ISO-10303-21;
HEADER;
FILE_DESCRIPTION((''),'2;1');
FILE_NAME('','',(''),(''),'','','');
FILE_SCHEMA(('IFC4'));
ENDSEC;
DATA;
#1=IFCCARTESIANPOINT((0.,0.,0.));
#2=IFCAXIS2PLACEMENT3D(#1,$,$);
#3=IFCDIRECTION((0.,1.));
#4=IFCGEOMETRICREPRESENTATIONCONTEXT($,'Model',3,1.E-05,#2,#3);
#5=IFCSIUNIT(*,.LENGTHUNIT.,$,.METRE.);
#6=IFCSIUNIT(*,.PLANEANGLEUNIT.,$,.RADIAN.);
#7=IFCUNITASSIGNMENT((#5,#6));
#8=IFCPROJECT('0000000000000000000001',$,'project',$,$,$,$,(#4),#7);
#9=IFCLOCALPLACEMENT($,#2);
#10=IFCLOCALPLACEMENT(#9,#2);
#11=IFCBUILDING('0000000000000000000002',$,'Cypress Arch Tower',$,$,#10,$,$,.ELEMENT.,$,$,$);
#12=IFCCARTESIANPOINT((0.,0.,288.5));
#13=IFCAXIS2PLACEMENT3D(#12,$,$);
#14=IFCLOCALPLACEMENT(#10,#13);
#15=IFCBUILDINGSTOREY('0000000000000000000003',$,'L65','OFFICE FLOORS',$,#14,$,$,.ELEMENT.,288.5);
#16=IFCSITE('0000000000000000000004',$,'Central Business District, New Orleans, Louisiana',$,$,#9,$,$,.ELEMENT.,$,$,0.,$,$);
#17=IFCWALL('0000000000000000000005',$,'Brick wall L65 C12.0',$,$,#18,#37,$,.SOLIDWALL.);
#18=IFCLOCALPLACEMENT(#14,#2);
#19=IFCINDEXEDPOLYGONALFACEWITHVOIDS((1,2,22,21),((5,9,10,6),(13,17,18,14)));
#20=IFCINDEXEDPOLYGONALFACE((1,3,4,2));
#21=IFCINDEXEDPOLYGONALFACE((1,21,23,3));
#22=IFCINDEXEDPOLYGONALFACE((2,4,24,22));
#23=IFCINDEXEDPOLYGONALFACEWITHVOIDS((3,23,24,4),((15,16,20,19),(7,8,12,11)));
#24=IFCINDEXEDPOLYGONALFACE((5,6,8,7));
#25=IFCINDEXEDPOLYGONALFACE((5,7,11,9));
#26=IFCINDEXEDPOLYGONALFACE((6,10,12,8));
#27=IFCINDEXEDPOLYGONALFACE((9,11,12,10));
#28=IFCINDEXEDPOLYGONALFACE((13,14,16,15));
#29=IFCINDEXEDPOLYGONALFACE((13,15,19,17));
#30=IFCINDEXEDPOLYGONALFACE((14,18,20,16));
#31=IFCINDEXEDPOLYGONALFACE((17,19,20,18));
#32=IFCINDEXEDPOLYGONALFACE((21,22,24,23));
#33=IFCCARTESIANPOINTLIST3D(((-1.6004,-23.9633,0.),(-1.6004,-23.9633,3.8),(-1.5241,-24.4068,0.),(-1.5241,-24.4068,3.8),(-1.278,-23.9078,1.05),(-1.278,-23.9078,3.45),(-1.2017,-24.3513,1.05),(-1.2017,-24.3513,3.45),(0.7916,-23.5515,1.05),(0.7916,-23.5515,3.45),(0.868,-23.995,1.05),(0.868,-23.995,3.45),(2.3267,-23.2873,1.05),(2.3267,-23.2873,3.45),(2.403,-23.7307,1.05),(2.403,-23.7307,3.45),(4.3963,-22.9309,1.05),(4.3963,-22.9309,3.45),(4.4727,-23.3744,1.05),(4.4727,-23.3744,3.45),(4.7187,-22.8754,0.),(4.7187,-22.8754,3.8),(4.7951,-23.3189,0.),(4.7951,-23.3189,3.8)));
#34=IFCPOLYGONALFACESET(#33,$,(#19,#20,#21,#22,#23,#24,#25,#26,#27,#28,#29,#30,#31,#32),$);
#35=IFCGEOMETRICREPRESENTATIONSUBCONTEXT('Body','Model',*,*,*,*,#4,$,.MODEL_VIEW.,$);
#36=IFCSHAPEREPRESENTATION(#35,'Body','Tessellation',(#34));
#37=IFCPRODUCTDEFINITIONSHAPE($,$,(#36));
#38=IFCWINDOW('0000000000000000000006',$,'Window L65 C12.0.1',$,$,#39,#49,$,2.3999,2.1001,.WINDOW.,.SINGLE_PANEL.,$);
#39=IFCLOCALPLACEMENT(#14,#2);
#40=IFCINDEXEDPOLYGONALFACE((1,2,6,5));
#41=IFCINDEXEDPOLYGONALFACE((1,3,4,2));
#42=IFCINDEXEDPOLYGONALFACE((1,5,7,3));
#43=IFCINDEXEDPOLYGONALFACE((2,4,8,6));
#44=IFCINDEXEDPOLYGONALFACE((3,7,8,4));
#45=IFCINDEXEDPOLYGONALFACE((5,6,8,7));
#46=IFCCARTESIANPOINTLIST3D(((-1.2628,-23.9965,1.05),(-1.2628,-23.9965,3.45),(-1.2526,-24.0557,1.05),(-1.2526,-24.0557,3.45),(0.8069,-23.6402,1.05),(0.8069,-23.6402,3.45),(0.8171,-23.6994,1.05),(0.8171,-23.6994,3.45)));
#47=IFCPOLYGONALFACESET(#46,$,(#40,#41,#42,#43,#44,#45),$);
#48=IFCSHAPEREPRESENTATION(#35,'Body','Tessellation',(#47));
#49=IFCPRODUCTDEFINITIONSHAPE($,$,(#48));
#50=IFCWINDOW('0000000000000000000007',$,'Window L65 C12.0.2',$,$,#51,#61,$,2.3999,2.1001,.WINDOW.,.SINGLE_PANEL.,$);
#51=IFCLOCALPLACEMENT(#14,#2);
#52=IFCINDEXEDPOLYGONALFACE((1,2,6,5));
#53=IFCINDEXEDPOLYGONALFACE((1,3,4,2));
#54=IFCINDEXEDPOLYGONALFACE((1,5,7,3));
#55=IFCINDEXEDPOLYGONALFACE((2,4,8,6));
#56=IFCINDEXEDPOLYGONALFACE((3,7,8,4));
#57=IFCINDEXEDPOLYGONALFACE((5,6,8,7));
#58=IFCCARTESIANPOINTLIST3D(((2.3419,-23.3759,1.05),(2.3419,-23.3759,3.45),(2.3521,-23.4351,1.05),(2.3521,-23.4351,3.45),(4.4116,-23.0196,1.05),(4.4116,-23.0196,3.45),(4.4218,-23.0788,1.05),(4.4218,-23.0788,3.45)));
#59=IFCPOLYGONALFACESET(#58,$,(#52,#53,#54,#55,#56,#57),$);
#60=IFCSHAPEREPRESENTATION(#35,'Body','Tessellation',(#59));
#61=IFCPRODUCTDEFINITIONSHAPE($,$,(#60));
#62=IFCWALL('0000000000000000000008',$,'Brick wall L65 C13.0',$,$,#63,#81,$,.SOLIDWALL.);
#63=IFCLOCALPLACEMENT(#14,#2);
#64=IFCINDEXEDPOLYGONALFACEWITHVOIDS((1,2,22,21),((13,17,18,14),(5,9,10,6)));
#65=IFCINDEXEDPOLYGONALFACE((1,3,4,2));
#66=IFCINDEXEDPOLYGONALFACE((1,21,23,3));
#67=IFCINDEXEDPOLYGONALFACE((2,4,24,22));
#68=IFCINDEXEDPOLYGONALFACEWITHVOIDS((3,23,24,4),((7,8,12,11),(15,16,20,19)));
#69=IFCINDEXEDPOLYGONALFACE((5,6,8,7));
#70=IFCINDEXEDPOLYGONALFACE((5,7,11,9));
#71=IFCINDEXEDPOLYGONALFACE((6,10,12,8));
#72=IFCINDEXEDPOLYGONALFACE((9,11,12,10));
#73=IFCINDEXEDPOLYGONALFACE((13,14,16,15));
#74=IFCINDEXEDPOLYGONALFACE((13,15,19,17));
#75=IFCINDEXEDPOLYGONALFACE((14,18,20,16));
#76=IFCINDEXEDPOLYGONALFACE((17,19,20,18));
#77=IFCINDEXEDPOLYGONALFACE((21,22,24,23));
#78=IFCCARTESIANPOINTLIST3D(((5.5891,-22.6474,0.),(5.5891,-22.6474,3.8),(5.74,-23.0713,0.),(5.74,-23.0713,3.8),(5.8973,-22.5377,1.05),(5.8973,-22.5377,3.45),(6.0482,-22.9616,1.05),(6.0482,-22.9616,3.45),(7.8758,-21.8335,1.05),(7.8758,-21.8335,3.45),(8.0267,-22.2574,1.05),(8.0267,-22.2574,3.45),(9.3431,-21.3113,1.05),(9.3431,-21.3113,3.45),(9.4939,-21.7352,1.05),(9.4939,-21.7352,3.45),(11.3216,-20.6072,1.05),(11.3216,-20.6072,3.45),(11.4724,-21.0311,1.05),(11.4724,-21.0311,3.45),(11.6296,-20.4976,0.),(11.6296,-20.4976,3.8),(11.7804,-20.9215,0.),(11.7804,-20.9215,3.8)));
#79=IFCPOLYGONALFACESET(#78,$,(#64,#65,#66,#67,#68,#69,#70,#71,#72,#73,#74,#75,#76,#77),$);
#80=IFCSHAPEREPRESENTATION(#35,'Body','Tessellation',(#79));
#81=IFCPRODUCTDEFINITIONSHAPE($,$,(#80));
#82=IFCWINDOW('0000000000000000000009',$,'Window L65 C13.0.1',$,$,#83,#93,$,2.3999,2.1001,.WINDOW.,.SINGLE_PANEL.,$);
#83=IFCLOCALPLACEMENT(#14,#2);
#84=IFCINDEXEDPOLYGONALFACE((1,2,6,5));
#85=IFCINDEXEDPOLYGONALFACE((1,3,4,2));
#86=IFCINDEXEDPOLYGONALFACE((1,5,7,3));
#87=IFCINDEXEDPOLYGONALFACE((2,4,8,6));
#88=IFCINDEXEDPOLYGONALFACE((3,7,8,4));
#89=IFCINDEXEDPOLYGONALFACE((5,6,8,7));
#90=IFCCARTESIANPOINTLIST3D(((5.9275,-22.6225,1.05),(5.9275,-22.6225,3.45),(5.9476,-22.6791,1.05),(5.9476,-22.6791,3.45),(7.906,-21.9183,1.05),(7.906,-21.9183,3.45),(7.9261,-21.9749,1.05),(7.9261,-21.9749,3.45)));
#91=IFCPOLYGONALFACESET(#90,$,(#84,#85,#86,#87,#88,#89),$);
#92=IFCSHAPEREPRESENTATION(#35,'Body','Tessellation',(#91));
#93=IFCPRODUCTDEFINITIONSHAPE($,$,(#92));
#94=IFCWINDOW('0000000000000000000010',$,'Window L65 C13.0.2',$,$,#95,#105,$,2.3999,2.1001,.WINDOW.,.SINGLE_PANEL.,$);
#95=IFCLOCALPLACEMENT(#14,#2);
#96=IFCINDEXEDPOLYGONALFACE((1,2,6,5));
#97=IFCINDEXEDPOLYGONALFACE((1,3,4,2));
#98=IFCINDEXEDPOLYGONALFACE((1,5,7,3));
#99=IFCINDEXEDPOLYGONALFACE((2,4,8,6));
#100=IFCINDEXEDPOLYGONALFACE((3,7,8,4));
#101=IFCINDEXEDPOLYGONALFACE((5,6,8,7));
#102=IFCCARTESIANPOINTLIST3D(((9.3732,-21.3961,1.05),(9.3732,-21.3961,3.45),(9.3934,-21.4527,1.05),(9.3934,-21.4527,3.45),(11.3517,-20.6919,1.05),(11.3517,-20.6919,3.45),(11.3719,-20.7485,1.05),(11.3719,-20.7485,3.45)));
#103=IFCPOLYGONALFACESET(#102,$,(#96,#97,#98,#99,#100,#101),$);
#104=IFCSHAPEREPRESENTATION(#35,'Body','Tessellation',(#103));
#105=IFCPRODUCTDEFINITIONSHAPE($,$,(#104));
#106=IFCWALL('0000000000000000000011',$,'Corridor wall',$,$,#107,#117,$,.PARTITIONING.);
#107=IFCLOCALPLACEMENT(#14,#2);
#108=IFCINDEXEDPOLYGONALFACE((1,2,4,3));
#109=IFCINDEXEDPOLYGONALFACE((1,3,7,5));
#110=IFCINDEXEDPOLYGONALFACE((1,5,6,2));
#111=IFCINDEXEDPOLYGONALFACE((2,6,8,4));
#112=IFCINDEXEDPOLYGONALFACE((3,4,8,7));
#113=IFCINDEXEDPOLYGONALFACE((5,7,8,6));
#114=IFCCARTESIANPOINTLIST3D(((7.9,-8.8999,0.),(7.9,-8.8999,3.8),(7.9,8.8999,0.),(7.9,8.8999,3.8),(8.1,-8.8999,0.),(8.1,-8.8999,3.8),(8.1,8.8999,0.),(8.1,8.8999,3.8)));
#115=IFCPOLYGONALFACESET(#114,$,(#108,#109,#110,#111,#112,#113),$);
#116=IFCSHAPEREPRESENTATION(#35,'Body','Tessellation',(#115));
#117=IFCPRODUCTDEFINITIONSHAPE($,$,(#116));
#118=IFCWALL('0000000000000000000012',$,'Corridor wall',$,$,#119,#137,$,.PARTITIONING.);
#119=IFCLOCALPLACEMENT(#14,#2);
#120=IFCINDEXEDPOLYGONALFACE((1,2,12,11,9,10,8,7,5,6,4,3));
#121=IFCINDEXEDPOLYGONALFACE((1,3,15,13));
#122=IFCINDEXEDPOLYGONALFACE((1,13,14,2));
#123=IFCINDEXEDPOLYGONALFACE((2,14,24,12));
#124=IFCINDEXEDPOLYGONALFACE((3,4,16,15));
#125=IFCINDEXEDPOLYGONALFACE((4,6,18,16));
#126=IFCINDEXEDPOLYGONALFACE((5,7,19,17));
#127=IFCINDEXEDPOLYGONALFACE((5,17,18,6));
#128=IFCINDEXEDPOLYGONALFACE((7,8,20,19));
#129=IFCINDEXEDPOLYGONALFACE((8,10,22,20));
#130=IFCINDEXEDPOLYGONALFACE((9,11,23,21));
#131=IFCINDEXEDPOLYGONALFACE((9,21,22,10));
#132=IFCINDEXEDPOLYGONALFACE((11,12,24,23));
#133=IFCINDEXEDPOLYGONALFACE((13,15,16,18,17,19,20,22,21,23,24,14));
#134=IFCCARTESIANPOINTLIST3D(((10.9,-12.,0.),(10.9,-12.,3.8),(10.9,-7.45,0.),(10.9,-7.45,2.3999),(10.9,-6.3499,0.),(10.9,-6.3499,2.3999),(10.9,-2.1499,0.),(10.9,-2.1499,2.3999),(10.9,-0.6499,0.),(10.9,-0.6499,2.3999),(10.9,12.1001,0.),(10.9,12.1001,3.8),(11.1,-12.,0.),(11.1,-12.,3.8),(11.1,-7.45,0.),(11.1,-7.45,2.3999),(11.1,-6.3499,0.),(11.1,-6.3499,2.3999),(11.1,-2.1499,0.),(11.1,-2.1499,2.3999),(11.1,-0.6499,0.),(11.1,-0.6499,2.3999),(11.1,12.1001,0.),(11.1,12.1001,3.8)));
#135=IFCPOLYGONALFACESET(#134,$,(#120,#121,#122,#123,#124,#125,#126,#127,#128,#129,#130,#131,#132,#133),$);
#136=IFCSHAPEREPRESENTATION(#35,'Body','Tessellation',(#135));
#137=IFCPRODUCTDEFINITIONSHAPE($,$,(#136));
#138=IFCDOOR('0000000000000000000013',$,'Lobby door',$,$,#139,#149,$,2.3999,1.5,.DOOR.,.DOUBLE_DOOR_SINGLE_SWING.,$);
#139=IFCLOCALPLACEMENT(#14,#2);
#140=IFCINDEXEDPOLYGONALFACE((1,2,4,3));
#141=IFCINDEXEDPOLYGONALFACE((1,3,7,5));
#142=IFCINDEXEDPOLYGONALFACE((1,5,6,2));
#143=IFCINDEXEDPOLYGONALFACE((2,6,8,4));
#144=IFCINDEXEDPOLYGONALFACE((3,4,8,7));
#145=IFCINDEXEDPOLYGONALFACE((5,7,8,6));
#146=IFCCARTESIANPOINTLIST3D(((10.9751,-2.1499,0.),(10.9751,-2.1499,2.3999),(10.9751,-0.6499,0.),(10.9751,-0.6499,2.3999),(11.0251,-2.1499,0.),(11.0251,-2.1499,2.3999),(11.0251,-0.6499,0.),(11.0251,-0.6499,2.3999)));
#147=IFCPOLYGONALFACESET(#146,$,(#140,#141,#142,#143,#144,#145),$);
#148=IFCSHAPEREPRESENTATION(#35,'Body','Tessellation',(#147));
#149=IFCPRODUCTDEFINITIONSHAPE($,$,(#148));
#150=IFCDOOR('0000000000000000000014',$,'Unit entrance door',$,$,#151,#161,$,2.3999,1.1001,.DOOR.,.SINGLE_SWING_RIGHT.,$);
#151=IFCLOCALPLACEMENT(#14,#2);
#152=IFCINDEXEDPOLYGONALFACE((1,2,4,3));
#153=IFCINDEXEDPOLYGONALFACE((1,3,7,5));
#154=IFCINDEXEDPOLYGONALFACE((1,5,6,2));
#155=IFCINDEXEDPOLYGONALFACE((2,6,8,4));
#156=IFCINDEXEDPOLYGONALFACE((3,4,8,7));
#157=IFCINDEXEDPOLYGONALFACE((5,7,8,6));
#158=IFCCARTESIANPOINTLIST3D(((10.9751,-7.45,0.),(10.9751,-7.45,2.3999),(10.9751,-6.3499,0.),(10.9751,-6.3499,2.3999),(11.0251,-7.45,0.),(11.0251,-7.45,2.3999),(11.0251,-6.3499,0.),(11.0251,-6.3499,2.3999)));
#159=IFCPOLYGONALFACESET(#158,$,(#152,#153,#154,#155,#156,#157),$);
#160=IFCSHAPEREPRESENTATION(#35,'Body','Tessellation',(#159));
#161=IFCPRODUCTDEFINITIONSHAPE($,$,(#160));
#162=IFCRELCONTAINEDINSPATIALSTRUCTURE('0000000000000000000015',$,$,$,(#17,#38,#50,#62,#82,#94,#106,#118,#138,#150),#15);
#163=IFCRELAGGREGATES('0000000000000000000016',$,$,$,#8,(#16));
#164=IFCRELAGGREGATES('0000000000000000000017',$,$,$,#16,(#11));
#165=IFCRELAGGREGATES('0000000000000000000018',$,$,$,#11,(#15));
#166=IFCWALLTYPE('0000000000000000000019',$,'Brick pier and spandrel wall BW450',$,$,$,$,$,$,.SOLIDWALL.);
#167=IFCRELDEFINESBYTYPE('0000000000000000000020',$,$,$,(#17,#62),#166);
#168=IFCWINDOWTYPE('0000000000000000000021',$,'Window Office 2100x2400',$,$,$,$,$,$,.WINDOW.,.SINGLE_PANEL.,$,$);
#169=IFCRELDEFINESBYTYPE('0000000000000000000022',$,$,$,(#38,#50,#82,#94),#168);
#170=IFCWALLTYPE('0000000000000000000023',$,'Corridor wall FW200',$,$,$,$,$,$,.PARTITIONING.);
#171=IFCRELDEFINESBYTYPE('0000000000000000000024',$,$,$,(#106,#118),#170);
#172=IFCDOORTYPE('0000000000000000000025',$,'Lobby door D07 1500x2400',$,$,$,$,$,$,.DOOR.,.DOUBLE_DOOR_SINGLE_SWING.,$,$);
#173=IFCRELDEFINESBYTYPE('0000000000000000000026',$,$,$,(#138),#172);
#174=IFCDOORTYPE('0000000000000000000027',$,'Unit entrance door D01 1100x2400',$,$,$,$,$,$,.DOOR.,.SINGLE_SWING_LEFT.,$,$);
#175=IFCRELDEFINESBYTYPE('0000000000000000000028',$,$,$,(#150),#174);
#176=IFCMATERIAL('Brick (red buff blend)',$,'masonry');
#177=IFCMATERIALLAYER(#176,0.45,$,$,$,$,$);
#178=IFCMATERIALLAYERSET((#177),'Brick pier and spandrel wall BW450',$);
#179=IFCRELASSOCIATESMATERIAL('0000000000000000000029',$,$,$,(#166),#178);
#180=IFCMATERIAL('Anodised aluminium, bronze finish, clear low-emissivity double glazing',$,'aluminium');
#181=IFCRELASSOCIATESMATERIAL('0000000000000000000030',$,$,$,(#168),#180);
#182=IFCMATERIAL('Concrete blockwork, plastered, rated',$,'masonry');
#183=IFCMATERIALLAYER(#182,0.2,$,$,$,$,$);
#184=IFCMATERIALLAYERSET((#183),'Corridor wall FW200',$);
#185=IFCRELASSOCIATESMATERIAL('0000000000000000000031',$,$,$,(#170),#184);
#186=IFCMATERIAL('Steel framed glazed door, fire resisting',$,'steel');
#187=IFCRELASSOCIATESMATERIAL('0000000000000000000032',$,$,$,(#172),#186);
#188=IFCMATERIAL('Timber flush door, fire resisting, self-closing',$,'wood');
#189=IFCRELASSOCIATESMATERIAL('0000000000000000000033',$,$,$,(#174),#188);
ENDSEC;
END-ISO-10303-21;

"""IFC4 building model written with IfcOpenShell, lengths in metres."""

from ifc_helpers import new_model, si_unit, direction, frame, frame_2d, origin, place, context, subcontext, project, spatial, rectangle, extrude, material, layer, layer_set, type_object, element, fill, save


model = new_model("IFC4")

# Units and contexts
model_context = context("Model", 3, precision=1e-05, world=origin(), true_north=direction((0.0, 1.0)))
body_context = subcontext(model_context, "Body", "Model", "MODEL_VIEW")
ifc_project = project(units=[si_unit("LENGTHUNIT", "METRE"), si_unit("PLANEANGLEUNIT", "RADIAN")], contexts=[model_context])

# Site, building, storey
site_placement = place(None, origin())
site = spatial("IfcSite", under=ifc_project, at=site_placement, Name="Central Business District, New Orleans, Louisiana", CompositionType="ELEMENT", RefElevation=0.0)
building_placement = place(site_placement, origin())
building = spatial("IfcBuilding", under=site, at=building_placement, Name="Cypress Arch Tower", CompositionType="ELEMENT")
storey_placement = place(building_placement, frame((0.0, 0.0, 288.5)))
storey = spatial("IfcBuildingStorey", under=building, at=storey_placement, Name="L65", Description="OFFICE FLOORS", CompositionType="ELEMENT", Elevation=288.5)

# Walls, openings, windows
ifc_material_1 = material(Name="Brick (red buff blend)", Category="masonry")
ifc_layer_1 = layer(ifc_material_1, 0.45)
ifc_layer_set_1 = layer_set([ifc_layer_1], Name="Brick pier and spandrel wall BW450")
wall_type_1 = type_object("IfcWallType", Name="Brick pier and spandrel wall BW450", PredefinedType="SOLIDWALL", material=ifc_layer_set_1)
wall_1_placement = place(storey_placement, frame((-1.5623, -24.1851, 0.0), z_axis=(0.0, 0.0, 1.0), x_axis=(0.985502, 0.169663, 0.0)))
wall_1 = element("IfcWall", 1, at=wall_1_placement, inside=storey, type_object=wall_type_1, Name="Brick wall L65 C12.0", PredefinedType="SOLIDWALL", context=body_context, shape_type="SweptSolid", body=[
    extrude(rectangle(XDim=6.4121, YDim=0.45, at=frame_2d((3.2061, 0.0))), origin(), (0.0, 0.0, 1.0), 3.8),
])
opening_1_placement = place(wall_1_placement, frame((0.3271, 0.0, 1.05)))
opening_1 = element("IfcOpeningElement", 2, at=opening_1_placement, cuts=wall_1, PredefinedType="OPENING", context=body_context, shape_type="SweptSolid", body=[
    extrude(rectangle(XDim=2.1001, YDim=2.3999, at=frame_2d((1.05, 1.2))), frame((0.0, 0.2349, 0.0), z_axis=(0.0, -1.0, 0.0), x_axis=(1.0, 0.0, 0.0)), (0.0, 0.0, 1.0), 0.47),
])
opening_2_placement = place(wall_1_placement, frame((3.9849, 0.0, 1.05)))
opening_2 = element("IfcOpeningElement", 3, at=opening_2_placement, cuts=wall_1, PredefinedType="OPENING", context=body_context, shape_type="SweptSolid", body=[
    extrude(rectangle(XDim=2.1001, YDim=2.3999, at=frame_2d((1.05, 1.2))), frame((0.0, 0.2349, 0.0), z_axis=(0.0, -1.0, 0.0), x_axis=(1.0, 0.0, 0.0)), (0.0, 0.0, 1.0), 0.47),
])
ifc_material_2 = material(Name="Anodised aluminium, bronze finish, clear low-emissivity double glazing", Category="aluminium")
window_type = type_object("IfcWindowType", Name="Window Office 2100x2400", PartitioningType="SINGLE_PANEL", PredefinedType="WINDOW", material=ifc_material_2)
window_1_placement = place(opening_1_placement, origin())
window_1 = element("IfcWindow", 4, at=window_1_placement, inside=storey, type_object=window_type, Name="Window L65 C12.0.1", OverallHeight=2.3999, OverallWidth=2.1001, PartitioningType="SINGLE_PANEL", PredefinedType="WINDOW", context=body_context, shape_type="SweptSolid", body=[
    extrude(rectangle(XDim=2.1001, YDim=2.3999, at=frame_2d((1.05, 1.2))), frame((0.0, 0.135, 0.0), z_axis=(0.0, -1.0, 0.0), x_axis=(1.0, 0.0, 0.0)), (0.0, 0.0, 1.0), 0.0601),
])
fill(opening_1, window_1)
window_2_placement = place(opening_2_placement, origin())
window_2 = element("IfcWindow", 5, at=window_2_placement, inside=storey, type_object=window_type, Name="Window L65 C12.0.2", OverallHeight=2.3999, OverallWidth=2.1001, PartitioningType="SINGLE_PANEL", PredefinedType="WINDOW", context=body_context, shape_type="SweptSolid", body=[
    extrude(rectangle(XDim=2.1001, YDim=2.3999, at=frame_2d((1.05, 1.2))), frame((0.0, 0.135, 0.0), z_axis=(0.0, -1.0, 0.0), x_axis=(1.0, 0.0, 0.0)), (0.0, 0.0, 1.0), 0.0601),
])
fill(opening_2, window_2)
wall_2_placement = place(storey_placement, frame((5.6646, -22.8594, 0.0), z_axis=(0.0, 0.0, 1.0), x_axis=(0.942108, 0.335309, 0.0)))
wall_2 = element("IfcWall", 6, at=wall_2_placement, inside=storey, type_object=wall_type_1, Name="Brick wall L65 C13.0", PredefinedType="SOLIDWALL", context=body_context, shape_type="SweptSolid", body=[
    extrude(rectangle(XDim=6.4116, YDim=0.45, at=frame_2d((3.2058, 0.0))), origin(), (0.0, 0.0, 1.0), 3.8),
])
opening_3_placement = place(wall_2_placement, frame((0.3271, 0.0, 1.05)))
opening_3 = element("IfcOpeningElement", 7, at=opening_3_placement, cuts=wall_2, PredefinedType="OPENING", context=body_context, shape_type="SweptSolid", body=[
    extrude(rectangle(XDim=2.1001, YDim=2.3999, at=frame_2d((1.05, 1.2))), frame((0.0, 0.2349, 0.0), z_axis=(0.0, -1.0, 0.0), x_axis=(1.0, 0.0, 0.0)), (0.0, 0.0, 1.0), 0.47),
])
opening_4_placement = place(wall_2_placement, frame((3.9846, 0.0, 1.05)))
opening_4 = element("IfcOpeningElement", 8, at=opening_4_placement, cuts=wall_2, PredefinedType="OPENING", context=body_context, shape_type="SweptSolid", body=[
    extrude(rectangle(XDim=2.1001, YDim=2.3999, at=frame_2d((1.05, 1.2))), frame((0.0, 0.2349, 0.0), z_axis=(0.0, -1.0, 0.0), x_axis=(1.0, 0.0, 0.0)), (0.0, 0.0, 1.0), 0.47),
])
window_3_placement = place(opening_3_placement, origin())
window_3 = element("IfcWindow", 9, at=window_3_placement, inside=storey, type_object=window_type, Name="Window L65 C13.0.1", OverallHeight=2.3999, OverallWidth=2.1001, PartitioningType="SINGLE_PANEL", PredefinedType="WINDOW", context=body_context, shape_type="SweptSolid", body=[
    extrude(rectangle(XDim=2.1001, YDim=2.3999, at=frame_2d((1.05, 1.2))), frame((0.0, 0.135, 0.0), z_axis=(0.0, -1.0, 0.0), x_axis=(1.0, 0.0, 0.0)), (0.0, 0.0, 1.0), 0.0601),
])
fill(opening_3, window_3)
window_4_placement = place(opening_4_placement, origin())
window_4 = element("IfcWindow", 10, at=window_4_placement, inside=storey, type_object=window_type, Name="Window L65 C13.0.2", OverallHeight=2.3999, OverallWidth=2.1001, PartitioningType="SINGLE_PANEL", PredefinedType="WINDOW", context=body_context, shape_type="SweptSolid", body=[
    extrude(rectangle(XDim=2.1001, YDim=2.3999, at=frame_2d((1.05, 1.2))), frame((0.0, 0.135, 0.0), z_axis=(0.0, -1.0, 0.0), x_axis=(1.0, 0.0, 0.0)), (0.0, 0.0, 1.0), 0.0601),
])
fill(opening_4, window_4)

# Wall
ifc_material_3 = material(Name="Concrete blockwork, plastered, rated", Category="masonry")
ifc_layer_2 = layer(ifc_material_3, 0.2)
ifc_layer_set_2 = layer_set([ifc_layer_2], Name="Corridor wall FW200")
wall_type_2 = type_object("IfcWallType", Name="Corridor wall FW200", PredefinedType="PARTITIONING", material=ifc_layer_set_2)
wall_3_placement = place(storey_placement, frame((8.0, -8.8999, 0.0), z_axis=(0.0, 0.0, 1.0), x_axis=(0.0, 1.0, 0.0)))
element("IfcWall", 11, at=wall_3_placement, inside=storey, type_object=wall_type_2, Name="Corridor wall", PredefinedType="PARTITIONING", context=body_context, shape_type="SweptSolid", body=[
    extrude(rectangle(XDim=17.7998, YDim=0.2, at=frame_2d((8.8999, 0.0))), origin(), (0.0, 0.0, 1.0), 3.8),
])

# Wall, openings, doors
wall_4_placement = place(storey_placement, frame((11.0, -12.0, 0.0), z_axis=(0.0, 0.0, 1.0), x_axis=(0.0, 1.0, 0.0)))
wall_4 = element("IfcWall", 12, at=wall_4_placement, inside=storey, type_object=wall_type_2, Name="Corridor wall", PredefinedType="PARTITIONING", context=body_context, shape_type="SweptSolid", body=[
    extrude(rectangle(XDim=24.1001, YDim=0.2, at=frame_2d((12.05, 0.0))), origin(), (0.0, 0.0, 1.0), 3.8),
])
opening_5_placement = place(wall_4_placement, frame((9.8501, 0.0, 0.0)))
opening_5 = element("IfcOpeningElement", 13, at=opening_5_placement, cuts=wall_4, PredefinedType="OPENING", context=body_context, shape_type="SweptSolid", body=[
    extrude(rectangle(XDim=1.5, YDim=2.3999, at=frame_2d((0.75, 1.2))), frame((0.0, 0.1099, 0.0), z_axis=(0.0, -1.0, 0.0), x_axis=(1.0, 0.0, 0.0)), (0.0, 0.0, 1.0), 0.22),
])
opening_6_placement = place(wall_4_placement, frame((4.55, 0.0, 0.0)))
opening_6 = element("IfcOpeningElement", 14, at=opening_6_placement, cuts=wall_4, PredefinedType="OPENING", context=body_context, shape_type="SweptSolid", body=[
    extrude(rectangle(XDim=1.1001, YDim=2.3999, at=frame_2d((0.55, 1.2))), frame((0.0, 0.1099, 0.0), z_axis=(0.0, -1.0, 0.0), x_axis=(1.0, 0.0, 0.0)), (0.0, 0.0, 1.0), 0.22),
])
ifc_material_4 = material(Name="Steel framed glazed door, fire resisting", Category="steel")
door_type_1 = type_object("IfcDoorType", Name="Lobby door D07 1500x2400", OperationType="DOUBLE_DOOR_SINGLE_SWING", PredefinedType="DOOR", material=ifc_material_4)
door_1_placement = place(opening_5_placement, origin())
door_1 = element("IfcDoor", 15, at=door_1_placement, inside=storey, type_object=door_type_1, Name="Lobby door", OperationType="DOUBLE_DOOR_SINGLE_SWING", OverallHeight=2.3999, OverallWidth=1.5, PredefinedType="DOOR", context=body_context, shape_type="SweptSolid", body=[
    extrude(rectangle(XDim=1.5, YDim=2.3999, at=frame_2d((0.75, 1.2))), frame((0.0, 0.0249, 0.0), z_axis=(0.0, -1.0, 0.0), x_axis=(1.0, 0.0, 0.0)), (0.0, 0.0, 1.0), 0.05),
])
fill(opening_5, door_1)
ifc_material_5 = material(Name="Timber flush door, fire resisting, self-closing", Category="wood")
door_type_2 = type_object("IfcDoorType", Name="Unit entrance door D01 1100x2400", OperationType="SINGLE_SWING_LEFT", PredefinedType="DOOR", material=ifc_material_5)
door_2_placement = place(opening_6_placement, origin())
door_2 = element("IfcDoor", 16, at=door_2_placement, inside=storey, type_object=door_type_2, Name="Unit entrance door", OperationType="SINGLE_SWING_RIGHT", OverallHeight=2.3999, OverallWidth=1.1001, PredefinedType="DOOR", context=body_context, shape_type="SweptSolid", body=[
    extrude(rectangle(XDim=1.1001, YDim=2.3999, at=frame_2d((0.55, 1.2))), frame((0.0, 0.0249, 0.0), z_axis=(0.0, -1.0, 0.0), x_axis=(1.0, 0.0, 0.0)), (0.0, 0.0, 1.0), 0.05),
])
fill(opening_6, door_2)

save(model, "model.ifc")
